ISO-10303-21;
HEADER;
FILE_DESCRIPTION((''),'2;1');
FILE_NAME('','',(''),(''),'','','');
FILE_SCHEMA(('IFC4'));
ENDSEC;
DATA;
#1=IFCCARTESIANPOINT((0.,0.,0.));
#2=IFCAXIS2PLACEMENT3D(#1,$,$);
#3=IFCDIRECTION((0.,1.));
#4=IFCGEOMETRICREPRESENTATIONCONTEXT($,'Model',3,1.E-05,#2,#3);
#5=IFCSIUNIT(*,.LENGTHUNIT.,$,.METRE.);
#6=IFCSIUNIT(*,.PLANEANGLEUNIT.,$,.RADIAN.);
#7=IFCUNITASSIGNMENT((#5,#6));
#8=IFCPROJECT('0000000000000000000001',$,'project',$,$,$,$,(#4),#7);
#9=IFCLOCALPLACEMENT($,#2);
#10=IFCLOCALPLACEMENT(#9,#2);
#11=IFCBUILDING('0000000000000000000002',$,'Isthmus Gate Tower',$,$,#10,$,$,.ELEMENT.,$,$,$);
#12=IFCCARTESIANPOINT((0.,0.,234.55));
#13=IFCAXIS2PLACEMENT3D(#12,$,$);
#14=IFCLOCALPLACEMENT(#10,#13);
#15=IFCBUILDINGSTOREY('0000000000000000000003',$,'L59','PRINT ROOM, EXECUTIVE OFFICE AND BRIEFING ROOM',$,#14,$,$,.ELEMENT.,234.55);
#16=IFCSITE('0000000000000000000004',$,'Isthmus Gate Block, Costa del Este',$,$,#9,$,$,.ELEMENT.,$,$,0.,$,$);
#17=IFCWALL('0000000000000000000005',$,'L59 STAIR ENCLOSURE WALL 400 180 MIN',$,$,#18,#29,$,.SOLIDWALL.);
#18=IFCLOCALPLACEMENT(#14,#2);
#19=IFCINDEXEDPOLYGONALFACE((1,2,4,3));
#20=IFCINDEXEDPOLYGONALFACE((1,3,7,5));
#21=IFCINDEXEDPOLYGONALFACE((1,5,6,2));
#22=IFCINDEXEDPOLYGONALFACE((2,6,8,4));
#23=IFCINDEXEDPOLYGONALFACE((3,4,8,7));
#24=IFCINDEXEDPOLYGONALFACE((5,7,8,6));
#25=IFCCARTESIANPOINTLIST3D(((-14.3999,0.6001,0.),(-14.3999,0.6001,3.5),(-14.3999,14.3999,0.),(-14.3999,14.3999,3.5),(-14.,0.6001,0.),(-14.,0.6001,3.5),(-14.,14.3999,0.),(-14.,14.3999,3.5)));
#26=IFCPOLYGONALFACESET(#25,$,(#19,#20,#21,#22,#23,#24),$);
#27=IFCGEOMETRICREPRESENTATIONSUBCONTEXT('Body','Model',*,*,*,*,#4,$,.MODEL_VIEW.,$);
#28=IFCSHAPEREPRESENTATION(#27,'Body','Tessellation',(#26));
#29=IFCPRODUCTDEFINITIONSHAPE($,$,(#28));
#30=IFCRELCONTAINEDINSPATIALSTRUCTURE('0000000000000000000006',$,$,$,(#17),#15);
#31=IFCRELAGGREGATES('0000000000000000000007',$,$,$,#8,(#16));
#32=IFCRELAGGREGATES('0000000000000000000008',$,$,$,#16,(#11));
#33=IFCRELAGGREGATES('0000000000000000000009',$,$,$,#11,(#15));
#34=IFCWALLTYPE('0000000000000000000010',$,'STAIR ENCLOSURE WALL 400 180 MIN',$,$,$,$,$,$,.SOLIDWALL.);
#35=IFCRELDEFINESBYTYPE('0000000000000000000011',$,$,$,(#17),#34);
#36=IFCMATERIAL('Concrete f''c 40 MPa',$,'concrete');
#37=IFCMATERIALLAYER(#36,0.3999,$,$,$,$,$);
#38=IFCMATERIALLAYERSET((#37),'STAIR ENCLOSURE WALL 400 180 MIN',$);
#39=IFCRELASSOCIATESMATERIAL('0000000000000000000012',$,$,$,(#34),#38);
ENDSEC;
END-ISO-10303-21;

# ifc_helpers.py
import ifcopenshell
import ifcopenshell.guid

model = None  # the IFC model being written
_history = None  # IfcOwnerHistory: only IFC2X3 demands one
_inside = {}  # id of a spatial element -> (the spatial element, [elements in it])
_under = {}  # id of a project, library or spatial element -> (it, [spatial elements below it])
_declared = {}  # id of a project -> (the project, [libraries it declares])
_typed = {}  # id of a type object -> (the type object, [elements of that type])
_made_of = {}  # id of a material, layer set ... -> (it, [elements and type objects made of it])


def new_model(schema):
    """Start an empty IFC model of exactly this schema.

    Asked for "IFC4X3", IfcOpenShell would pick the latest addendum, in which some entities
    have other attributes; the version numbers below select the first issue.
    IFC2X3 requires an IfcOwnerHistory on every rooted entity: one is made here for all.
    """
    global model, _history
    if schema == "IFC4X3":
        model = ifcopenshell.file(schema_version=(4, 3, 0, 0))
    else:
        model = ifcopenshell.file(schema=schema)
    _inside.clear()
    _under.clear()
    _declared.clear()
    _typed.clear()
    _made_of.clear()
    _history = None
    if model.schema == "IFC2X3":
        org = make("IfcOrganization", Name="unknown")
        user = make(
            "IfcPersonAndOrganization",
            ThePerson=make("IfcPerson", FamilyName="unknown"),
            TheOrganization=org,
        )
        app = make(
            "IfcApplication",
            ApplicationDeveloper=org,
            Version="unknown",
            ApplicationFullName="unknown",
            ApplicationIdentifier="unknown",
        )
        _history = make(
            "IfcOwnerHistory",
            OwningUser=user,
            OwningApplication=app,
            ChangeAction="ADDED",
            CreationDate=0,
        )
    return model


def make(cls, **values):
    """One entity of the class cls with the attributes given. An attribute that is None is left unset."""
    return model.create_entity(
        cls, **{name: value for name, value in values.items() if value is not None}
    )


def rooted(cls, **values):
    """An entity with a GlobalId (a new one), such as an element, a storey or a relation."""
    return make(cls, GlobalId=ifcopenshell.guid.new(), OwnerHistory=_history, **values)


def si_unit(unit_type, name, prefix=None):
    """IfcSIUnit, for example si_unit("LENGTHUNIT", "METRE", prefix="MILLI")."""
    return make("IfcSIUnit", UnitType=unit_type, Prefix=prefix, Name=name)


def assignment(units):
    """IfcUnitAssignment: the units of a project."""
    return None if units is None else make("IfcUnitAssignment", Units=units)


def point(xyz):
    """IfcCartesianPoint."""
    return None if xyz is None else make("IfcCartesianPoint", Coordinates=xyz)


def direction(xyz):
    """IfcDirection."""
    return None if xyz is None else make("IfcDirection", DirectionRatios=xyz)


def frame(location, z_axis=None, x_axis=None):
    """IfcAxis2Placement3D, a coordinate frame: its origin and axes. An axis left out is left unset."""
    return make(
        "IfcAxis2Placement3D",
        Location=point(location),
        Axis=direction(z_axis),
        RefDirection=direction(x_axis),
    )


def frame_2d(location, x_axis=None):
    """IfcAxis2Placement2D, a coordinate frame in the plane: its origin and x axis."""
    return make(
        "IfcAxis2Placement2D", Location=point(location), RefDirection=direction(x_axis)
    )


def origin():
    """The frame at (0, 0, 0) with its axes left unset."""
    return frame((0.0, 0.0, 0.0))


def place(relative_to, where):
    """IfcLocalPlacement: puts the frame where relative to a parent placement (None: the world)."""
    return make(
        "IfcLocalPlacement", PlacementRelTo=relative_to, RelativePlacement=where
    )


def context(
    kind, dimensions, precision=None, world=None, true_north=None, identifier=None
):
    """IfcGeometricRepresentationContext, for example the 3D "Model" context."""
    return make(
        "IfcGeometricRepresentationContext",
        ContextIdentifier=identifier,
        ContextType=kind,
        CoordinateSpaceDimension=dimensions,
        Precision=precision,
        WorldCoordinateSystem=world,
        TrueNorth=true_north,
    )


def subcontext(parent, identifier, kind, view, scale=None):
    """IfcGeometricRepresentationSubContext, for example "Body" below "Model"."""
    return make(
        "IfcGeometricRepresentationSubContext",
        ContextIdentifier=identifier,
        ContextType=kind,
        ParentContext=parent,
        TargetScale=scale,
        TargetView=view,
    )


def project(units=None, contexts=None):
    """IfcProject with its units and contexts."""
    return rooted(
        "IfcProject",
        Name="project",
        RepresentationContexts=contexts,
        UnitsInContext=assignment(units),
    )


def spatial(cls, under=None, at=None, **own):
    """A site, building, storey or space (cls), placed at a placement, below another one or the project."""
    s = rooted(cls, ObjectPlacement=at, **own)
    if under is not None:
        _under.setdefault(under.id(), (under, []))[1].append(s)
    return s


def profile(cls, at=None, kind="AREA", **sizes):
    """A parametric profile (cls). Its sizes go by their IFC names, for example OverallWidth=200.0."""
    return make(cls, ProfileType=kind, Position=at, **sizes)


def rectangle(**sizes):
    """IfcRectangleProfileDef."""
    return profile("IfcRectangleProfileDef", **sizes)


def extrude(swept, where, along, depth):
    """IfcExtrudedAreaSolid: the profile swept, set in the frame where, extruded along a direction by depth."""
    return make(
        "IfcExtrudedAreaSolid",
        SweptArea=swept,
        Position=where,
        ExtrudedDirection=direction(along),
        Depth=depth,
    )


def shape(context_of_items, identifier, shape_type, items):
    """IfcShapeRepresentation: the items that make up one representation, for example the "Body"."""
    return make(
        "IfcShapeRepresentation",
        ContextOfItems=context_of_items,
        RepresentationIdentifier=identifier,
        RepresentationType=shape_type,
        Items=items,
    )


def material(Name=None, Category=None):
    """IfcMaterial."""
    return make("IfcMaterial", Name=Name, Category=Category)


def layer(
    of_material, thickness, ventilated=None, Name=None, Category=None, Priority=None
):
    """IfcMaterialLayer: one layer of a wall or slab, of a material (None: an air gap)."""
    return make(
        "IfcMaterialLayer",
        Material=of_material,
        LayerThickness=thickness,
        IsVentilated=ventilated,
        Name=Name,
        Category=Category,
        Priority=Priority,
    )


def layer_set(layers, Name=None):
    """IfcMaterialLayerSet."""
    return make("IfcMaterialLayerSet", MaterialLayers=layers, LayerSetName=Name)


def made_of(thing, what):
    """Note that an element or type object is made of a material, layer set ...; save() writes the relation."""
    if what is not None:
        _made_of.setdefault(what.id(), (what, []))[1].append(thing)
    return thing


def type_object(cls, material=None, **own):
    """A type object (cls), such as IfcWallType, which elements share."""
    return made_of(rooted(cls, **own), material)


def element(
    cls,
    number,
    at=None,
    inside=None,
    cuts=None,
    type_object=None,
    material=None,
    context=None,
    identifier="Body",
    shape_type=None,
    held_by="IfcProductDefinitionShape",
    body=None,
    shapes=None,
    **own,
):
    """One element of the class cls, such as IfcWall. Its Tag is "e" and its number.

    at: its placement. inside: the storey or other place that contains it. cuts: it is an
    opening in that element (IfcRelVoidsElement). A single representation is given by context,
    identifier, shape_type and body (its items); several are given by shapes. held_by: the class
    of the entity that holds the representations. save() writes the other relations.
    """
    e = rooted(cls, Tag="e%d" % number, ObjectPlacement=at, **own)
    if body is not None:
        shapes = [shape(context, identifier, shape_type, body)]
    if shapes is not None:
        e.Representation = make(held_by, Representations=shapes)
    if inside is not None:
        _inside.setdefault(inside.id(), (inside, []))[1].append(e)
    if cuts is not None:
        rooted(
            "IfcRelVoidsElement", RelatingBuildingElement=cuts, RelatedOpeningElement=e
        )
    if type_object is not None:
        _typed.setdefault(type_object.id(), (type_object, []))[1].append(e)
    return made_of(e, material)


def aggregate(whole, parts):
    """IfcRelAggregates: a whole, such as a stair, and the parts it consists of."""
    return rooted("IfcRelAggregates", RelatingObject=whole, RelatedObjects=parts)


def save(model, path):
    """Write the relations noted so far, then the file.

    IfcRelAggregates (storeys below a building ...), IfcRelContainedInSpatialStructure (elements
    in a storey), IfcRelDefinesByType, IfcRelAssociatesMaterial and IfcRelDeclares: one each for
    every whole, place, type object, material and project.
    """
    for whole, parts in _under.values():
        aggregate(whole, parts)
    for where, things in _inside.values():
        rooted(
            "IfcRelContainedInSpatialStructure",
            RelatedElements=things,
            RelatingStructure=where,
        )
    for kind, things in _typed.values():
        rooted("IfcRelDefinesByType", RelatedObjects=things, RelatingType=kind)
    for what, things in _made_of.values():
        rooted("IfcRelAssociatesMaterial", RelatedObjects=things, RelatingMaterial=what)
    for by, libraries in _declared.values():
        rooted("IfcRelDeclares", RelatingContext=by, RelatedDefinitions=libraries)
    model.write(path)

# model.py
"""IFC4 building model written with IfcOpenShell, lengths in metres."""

from ifc_helpers import new_model, si_unit, direction, frame, frame_2d, origin, place, context, subcontext, project, spatial, rectangle, extrude, material, layer, layer_set, type_object, element, save


model = new_model("IFC4")

# Units and contexts
model_context = context("Model", 3, precision=1e-05, world=origin(), true_north=direction((0.0, 1.0)))
body_context = subcontext(model_context, "Body", "Model", "MODEL_VIEW")
ifc_project = project(units=[si_unit("LENGTHUNIT", "METRE"), si_unit("PLANEANGLEUNIT", "RADIAN")], contexts=[model_context])

# Site, building, storey
site_placement = place(None, origin())
site = spatial("IfcSite", under=ifc_project, at=site_placement, Name="Isthmus Gate Block, Costa del Este", CompositionType="ELEMENT", RefElevation=0.0)
building_placement = place(site_placement, origin())
building = spatial("IfcBuilding", under=site, at=building_placement, Name="Isthmus Gate Tower", CompositionType="ELEMENT")
storey_placement = place(building_placement, frame((0.0, 0.0, 234.55)))
storey = spatial("IfcBuildingStorey", under=building, at=storey_placement, Name="L59", Description="PRINT ROOM, EXECUTIVE OFFICE AND BRIEFING ROOM", CompositionType="ELEMENT", Elevation=234.55)

# Wall
ifc_material_1 = material(Name="Concrete f'c 40 MPa", Category="concrete")
ifc_layer_1 = layer(ifc_material_1, 0.3999)
ifc_layer_set_1 = layer_set([ifc_layer_1], Name="STAIR ENCLOSURE WALL 400 180 MIN")
wall_type_1 = type_object("IfcWallType", Name="STAIR ENCLOSURE WALL 400 180 MIN", PredefinedType="SOLIDWALL", material=ifc_layer_set_1)
wall_1_placement = place(storey_placement, frame((-14.2, 0.6001, 0.0), z_axis=(0.0, 0.0, 1.0), x_axis=(0.0, 1.0, 0.0)))
element("IfcWall", 1, at=wall_1_placement, inside=storey, type_object=wall_type_1, Name="L59 STAIR ENCLOSURE WALL 400 180 MIN", PredefinedType="SOLIDWALL", context=body_context, shape_type="SweptSolid", body=[
    extrude(rectangle(XDim=13.7998, YDim=0.3999, at=frame_2d((6.8999, 0.0))), origin(), (0.0, 0.0, 1.0), 3.5),
])

save(model, "model.ifc")
